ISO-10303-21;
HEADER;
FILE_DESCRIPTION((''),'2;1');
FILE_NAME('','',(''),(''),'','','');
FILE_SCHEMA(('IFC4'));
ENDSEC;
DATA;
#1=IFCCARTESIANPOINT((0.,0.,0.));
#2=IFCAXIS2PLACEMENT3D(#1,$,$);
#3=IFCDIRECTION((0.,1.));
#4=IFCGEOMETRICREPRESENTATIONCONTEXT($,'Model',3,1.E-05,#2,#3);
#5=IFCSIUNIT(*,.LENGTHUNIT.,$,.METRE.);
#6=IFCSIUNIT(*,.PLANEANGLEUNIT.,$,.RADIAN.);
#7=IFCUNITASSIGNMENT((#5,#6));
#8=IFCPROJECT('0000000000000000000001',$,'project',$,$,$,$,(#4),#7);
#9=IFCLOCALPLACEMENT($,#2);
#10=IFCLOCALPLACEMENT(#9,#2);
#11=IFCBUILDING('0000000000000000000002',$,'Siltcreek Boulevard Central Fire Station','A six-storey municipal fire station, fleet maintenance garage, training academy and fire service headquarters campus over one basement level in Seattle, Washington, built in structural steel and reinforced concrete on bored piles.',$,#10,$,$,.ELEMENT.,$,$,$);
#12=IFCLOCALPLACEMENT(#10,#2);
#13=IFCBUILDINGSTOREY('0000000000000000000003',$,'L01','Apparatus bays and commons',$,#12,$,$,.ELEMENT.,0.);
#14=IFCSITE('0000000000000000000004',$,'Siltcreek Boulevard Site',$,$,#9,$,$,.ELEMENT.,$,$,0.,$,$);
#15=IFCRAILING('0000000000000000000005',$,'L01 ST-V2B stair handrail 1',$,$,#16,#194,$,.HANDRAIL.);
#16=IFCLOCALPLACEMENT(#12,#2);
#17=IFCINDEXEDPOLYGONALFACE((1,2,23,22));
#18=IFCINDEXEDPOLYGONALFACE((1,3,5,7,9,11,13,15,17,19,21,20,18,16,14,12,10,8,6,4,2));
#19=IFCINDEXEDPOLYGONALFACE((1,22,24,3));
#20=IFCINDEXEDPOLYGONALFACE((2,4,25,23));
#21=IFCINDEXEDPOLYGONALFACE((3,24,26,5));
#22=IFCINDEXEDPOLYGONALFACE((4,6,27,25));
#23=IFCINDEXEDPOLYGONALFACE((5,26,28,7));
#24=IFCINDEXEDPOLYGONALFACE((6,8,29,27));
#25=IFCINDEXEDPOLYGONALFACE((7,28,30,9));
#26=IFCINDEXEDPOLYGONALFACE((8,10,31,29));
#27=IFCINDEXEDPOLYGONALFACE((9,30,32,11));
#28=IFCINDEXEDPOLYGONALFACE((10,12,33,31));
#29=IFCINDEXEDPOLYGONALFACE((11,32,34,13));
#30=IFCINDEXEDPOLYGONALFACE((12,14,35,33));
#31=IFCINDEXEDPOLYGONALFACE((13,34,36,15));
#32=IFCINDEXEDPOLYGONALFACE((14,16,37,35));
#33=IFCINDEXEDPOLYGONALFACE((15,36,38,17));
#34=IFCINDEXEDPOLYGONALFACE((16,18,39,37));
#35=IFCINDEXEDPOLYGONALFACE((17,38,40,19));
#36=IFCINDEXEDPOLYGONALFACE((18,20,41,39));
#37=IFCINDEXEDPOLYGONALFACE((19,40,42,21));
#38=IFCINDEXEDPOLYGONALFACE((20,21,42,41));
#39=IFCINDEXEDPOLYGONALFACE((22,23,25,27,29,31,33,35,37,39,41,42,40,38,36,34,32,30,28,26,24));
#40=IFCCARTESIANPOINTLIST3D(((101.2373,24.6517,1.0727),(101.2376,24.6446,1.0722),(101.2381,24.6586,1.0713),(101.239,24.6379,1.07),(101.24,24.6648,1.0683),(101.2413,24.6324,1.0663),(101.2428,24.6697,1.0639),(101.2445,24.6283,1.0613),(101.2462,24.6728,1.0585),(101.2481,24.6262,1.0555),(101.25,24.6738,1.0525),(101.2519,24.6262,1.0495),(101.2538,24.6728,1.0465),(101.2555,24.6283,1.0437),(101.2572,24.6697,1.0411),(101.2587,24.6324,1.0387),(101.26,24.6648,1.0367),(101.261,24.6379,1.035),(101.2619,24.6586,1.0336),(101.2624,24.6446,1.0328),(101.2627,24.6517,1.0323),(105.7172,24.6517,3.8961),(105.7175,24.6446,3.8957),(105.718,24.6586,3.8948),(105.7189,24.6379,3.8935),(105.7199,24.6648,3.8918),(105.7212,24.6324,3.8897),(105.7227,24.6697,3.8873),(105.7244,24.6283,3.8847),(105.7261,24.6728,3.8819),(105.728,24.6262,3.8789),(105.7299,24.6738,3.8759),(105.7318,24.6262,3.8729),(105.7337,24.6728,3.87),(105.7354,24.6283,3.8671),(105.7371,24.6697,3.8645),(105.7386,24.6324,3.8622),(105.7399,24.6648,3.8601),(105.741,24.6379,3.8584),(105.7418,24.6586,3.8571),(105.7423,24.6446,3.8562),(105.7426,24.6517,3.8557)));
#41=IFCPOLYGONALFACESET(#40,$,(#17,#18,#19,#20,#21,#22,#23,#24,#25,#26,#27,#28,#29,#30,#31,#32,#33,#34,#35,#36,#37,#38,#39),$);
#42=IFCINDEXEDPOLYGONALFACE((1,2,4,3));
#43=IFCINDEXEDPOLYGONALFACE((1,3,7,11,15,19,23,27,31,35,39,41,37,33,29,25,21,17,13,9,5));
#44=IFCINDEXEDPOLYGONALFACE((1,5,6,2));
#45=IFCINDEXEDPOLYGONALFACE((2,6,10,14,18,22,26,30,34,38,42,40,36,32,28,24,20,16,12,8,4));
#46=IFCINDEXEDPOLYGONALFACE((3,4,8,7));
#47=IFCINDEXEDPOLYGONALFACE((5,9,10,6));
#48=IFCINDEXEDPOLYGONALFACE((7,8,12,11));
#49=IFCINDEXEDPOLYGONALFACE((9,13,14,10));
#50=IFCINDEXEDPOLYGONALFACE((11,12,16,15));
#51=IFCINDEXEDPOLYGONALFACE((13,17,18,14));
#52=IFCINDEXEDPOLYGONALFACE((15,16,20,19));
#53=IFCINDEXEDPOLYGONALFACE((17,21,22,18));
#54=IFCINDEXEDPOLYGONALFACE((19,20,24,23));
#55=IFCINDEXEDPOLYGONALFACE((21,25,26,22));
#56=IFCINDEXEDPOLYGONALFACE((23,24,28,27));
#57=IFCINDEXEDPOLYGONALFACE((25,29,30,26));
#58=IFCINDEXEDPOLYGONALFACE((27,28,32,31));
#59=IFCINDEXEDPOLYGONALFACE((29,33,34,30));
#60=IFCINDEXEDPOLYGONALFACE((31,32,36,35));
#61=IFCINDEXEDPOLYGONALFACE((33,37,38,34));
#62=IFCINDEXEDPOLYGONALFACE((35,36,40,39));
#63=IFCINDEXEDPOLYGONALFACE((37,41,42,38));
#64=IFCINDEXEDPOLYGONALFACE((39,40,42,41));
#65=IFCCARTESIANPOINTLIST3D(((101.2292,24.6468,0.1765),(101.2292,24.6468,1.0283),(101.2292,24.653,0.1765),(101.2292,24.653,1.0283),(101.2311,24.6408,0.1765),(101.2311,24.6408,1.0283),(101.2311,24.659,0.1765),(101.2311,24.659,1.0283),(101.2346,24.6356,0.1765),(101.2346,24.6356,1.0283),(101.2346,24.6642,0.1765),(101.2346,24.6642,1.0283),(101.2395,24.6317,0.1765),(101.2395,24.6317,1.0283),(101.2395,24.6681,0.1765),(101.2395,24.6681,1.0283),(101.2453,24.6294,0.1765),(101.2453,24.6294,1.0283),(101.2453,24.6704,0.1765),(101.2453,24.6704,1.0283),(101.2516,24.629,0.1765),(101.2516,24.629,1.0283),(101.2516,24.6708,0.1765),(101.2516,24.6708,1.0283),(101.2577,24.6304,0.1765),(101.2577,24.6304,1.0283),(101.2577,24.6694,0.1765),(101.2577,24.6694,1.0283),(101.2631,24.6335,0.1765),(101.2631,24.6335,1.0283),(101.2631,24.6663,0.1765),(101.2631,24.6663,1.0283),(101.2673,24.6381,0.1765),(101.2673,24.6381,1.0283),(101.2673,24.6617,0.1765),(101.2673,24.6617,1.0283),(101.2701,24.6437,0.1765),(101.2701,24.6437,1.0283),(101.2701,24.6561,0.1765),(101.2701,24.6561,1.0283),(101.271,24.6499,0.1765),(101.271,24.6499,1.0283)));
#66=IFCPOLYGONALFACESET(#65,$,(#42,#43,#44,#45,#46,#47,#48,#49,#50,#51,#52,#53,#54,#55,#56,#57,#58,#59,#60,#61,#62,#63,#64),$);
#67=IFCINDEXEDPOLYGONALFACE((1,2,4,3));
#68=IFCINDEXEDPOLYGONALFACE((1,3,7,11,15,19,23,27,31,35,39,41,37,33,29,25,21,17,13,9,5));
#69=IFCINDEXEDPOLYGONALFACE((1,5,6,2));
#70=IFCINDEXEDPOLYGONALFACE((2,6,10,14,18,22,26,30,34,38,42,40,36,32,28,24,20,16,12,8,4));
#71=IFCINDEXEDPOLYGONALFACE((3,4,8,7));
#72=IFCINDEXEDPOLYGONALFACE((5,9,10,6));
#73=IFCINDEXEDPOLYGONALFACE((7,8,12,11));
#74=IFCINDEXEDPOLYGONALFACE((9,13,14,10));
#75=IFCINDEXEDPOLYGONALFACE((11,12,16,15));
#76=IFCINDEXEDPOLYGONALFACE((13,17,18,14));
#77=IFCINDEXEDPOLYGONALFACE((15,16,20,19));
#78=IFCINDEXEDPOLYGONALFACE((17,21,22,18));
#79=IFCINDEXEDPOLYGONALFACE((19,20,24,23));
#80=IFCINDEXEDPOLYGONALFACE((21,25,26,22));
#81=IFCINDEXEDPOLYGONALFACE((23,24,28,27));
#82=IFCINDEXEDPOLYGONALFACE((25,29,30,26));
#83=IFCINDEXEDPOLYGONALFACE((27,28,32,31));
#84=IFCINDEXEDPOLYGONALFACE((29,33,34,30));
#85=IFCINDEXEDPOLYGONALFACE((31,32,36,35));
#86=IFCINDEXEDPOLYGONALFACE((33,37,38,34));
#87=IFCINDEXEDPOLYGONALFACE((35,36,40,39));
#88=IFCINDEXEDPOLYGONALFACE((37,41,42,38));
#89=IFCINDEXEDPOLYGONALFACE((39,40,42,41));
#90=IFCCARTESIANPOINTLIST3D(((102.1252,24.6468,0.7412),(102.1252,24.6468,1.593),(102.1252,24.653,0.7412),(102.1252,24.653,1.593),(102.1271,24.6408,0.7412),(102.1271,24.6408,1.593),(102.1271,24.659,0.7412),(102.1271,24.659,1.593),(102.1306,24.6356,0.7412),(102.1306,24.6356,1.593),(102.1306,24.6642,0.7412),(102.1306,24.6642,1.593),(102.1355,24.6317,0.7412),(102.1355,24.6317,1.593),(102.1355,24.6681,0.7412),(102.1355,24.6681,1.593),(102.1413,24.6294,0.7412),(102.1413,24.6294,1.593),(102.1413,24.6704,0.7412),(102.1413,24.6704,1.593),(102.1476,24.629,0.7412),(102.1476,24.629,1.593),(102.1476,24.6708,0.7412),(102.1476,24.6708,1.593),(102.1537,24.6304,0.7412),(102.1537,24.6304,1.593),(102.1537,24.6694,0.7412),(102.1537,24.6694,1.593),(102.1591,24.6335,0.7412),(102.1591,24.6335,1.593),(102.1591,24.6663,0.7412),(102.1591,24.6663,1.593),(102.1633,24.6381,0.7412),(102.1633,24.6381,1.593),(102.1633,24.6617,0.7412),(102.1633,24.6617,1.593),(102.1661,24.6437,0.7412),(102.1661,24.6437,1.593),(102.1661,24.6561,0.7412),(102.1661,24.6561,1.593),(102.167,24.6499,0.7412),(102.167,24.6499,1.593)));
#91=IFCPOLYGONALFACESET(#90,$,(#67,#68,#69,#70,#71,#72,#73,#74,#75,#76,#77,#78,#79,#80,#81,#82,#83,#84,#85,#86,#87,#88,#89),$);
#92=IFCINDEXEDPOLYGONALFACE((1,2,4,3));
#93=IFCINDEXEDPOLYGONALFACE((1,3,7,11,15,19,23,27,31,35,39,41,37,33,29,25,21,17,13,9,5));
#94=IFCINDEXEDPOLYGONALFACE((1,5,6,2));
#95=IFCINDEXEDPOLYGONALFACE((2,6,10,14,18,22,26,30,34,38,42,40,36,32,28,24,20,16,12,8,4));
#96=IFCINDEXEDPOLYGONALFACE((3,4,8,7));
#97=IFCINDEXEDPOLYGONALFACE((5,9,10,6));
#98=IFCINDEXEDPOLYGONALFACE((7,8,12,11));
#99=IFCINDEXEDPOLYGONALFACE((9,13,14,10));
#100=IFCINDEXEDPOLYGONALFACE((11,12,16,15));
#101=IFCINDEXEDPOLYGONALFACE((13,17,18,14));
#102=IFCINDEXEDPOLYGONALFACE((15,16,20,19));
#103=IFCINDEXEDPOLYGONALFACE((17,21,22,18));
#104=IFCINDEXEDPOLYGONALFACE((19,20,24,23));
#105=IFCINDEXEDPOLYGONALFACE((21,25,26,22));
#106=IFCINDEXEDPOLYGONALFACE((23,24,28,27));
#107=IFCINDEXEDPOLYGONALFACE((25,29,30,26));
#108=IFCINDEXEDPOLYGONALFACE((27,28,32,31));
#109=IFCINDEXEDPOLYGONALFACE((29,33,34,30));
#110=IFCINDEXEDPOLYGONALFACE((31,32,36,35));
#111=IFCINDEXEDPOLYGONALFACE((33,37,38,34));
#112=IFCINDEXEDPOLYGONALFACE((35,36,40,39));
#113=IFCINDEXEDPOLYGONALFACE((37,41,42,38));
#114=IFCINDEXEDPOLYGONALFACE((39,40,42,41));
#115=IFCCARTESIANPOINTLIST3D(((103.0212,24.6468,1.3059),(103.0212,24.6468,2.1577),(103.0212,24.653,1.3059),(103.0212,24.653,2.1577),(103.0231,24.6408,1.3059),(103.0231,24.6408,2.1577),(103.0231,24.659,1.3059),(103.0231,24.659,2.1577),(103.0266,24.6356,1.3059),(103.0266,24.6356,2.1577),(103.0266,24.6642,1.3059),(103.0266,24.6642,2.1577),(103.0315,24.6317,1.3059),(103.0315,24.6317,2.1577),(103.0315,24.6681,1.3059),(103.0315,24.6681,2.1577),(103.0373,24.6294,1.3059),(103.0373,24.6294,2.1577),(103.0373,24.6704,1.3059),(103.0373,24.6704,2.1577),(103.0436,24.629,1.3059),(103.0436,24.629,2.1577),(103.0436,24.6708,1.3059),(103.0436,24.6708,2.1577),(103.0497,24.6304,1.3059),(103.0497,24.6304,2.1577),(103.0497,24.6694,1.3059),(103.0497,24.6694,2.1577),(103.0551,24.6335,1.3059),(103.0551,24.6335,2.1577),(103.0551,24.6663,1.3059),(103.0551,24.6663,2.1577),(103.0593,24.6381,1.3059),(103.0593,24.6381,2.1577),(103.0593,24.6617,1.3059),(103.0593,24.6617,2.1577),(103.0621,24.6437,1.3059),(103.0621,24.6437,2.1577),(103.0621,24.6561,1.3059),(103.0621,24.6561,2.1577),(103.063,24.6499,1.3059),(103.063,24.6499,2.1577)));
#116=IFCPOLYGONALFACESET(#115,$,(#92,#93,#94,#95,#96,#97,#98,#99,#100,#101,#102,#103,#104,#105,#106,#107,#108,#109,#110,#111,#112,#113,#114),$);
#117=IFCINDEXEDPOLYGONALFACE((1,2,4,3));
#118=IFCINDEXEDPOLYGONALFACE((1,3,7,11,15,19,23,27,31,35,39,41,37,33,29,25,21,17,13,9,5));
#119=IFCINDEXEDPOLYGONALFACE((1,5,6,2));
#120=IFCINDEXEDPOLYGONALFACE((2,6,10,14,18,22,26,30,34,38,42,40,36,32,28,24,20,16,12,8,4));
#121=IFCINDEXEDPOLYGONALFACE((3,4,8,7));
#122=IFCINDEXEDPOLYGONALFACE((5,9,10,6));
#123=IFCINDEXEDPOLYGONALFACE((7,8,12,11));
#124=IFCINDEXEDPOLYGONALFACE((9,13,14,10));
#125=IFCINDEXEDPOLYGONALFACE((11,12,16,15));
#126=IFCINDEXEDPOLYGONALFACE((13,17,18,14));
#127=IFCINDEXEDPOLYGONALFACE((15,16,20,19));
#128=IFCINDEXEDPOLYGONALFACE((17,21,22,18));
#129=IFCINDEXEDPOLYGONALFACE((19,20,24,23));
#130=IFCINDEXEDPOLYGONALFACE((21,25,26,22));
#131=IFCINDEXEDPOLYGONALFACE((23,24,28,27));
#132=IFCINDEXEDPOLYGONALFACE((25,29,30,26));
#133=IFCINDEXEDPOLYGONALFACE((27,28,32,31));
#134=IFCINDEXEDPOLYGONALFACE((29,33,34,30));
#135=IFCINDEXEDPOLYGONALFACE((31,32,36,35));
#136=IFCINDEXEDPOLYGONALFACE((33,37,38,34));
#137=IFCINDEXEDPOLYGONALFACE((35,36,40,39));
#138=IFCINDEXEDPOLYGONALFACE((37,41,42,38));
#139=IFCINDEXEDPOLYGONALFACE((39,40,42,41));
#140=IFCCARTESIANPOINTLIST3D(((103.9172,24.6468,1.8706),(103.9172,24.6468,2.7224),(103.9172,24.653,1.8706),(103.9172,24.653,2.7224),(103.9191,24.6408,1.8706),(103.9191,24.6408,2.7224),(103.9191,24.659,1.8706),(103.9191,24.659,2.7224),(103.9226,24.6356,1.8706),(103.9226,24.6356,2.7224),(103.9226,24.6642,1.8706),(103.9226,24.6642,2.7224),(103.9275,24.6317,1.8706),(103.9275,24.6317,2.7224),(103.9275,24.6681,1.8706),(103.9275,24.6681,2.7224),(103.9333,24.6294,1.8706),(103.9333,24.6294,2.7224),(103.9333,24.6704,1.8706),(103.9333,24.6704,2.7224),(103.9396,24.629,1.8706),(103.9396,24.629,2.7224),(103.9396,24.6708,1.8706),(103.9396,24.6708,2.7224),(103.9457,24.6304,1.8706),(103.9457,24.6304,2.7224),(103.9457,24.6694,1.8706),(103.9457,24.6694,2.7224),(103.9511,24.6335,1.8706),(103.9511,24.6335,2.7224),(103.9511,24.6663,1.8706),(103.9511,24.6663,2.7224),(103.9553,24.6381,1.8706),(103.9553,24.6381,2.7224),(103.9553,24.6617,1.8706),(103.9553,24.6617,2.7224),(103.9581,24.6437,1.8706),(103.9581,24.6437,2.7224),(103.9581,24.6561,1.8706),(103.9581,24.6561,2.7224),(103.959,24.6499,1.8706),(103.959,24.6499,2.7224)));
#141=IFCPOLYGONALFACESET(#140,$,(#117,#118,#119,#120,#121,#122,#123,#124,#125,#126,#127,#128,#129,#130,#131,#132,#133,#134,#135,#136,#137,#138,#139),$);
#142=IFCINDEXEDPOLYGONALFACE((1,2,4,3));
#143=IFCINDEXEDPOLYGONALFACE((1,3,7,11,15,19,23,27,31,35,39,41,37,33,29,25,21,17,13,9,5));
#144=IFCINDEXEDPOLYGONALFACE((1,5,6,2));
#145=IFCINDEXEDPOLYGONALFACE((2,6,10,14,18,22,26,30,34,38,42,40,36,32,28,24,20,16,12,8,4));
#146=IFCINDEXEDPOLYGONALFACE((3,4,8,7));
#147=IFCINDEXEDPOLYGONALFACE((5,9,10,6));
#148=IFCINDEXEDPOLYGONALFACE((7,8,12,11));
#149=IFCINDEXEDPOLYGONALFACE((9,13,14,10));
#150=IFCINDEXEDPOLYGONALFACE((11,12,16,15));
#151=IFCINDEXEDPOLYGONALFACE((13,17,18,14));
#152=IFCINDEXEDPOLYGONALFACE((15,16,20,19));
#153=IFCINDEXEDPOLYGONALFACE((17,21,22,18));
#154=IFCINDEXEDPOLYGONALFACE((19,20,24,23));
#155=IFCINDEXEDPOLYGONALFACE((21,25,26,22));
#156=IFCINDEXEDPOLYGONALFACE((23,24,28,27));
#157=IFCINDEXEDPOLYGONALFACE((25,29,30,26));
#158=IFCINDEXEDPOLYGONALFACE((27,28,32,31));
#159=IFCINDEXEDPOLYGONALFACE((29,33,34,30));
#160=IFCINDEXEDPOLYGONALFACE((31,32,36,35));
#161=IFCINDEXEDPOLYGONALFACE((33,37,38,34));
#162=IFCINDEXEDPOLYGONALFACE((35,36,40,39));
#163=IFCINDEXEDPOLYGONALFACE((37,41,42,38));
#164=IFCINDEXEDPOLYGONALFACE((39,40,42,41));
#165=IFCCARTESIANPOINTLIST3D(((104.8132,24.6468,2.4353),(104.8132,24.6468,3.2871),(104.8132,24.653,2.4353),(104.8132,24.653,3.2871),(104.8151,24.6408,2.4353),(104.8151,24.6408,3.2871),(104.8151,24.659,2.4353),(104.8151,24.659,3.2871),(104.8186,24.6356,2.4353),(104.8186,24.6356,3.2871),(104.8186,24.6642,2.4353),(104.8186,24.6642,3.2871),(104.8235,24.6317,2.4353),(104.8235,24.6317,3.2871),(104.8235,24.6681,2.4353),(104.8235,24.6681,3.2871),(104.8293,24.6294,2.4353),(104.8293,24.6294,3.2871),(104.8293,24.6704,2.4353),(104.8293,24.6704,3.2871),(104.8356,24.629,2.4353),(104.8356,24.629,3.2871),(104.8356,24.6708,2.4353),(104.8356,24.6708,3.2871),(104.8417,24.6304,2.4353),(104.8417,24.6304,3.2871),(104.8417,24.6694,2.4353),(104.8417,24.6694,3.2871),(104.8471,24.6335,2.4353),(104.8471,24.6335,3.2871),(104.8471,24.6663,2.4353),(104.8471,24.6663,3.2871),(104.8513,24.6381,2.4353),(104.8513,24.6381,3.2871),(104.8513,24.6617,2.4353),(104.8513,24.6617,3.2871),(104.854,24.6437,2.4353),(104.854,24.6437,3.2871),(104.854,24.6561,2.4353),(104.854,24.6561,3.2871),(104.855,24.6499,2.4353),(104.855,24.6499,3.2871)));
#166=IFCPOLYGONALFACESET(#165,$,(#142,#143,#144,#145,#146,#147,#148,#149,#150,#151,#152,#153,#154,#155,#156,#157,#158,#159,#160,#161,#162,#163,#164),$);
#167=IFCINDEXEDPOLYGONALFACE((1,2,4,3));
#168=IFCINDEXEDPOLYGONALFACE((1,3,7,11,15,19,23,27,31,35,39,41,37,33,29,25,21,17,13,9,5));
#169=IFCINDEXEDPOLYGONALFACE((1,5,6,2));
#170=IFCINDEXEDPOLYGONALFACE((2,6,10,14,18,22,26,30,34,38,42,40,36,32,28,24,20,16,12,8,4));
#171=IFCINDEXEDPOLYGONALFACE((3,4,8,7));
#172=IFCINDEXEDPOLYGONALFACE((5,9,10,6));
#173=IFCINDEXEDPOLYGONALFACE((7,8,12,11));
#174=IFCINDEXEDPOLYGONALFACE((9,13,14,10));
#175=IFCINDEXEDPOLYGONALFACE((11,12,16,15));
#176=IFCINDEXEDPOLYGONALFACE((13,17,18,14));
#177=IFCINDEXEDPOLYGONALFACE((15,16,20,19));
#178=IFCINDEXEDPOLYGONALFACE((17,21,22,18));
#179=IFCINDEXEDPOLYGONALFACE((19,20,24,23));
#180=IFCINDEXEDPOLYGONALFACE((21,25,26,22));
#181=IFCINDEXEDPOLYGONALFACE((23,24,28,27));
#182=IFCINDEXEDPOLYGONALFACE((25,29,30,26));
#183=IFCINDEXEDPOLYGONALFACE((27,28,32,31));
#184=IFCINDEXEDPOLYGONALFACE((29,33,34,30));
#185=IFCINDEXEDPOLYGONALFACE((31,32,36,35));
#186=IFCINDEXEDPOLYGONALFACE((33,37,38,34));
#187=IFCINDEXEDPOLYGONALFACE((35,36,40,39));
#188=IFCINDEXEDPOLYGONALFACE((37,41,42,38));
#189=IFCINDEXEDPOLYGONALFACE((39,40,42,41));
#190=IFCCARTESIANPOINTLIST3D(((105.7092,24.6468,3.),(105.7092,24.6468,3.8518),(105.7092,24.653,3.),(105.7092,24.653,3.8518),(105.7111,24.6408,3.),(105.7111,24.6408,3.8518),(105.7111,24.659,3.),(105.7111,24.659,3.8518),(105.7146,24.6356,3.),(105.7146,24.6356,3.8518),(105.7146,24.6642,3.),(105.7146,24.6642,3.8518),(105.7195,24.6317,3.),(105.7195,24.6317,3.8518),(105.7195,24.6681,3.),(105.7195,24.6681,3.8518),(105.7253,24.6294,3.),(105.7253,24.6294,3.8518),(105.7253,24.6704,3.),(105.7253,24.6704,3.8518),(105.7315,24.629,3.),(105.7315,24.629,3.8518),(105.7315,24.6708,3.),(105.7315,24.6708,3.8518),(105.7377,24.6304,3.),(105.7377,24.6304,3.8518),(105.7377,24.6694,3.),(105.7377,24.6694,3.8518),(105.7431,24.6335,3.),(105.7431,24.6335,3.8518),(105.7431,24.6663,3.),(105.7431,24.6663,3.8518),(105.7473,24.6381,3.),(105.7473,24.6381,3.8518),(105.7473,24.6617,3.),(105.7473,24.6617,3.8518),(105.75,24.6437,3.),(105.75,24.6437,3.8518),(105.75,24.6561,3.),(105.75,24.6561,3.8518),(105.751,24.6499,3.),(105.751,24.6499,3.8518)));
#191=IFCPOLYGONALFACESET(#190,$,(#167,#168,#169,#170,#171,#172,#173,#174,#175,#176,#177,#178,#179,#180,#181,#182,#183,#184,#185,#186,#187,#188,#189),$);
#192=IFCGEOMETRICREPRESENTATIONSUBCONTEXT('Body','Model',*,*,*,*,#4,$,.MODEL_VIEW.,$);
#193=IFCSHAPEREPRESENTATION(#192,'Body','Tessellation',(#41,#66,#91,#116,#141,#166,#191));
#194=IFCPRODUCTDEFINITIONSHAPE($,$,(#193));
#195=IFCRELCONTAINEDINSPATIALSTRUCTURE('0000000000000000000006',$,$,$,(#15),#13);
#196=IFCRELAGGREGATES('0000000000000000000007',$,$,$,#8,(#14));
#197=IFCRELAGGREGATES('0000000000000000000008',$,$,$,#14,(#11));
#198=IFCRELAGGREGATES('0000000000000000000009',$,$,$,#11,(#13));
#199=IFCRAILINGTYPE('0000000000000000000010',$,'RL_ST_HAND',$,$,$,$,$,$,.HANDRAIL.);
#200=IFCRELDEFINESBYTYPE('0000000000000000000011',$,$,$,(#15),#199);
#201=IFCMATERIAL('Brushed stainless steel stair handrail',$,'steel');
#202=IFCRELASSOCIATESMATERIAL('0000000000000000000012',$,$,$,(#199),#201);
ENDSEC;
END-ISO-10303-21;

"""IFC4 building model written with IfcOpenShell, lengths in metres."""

from ifc_helpers import new_model, si_unit, direction, frame, origin, origin_2d, place, context, subcontext, project, spatial, circle, extrude, material, type_object, element, save


model = new_model("IFC4")

# Units and contexts
model_context = context("Model", 3, precision=1e-05, world=origin(), true_north=direction((0.0, 1.0)))
body_context = subcontext(model_context, "Body", "Model", "MODEL_VIEW")
ifc_project = project(units=[si_unit("LENGTHUNIT", "METRE"), si_unit("PLANEANGLEUNIT", "RADIAN")], contexts=[model_context])

# Site, building, storey
site_placement = place(None, origin())
site = spatial("IfcSite", under=ifc_project, at=site_placement, Name="Siltcreek Boulevard Site", CompositionType="ELEMENT", RefElevation=0.0)
building_placement = place(site_placement, origin())
building = spatial("IfcBuilding", under=site, at=building_placement, Name="Siltcreek Boulevard Central Fire Station", Description="A six-storey municipal fire station, fleet maintenance garage, training academy and fire service headquarters campus over one basement level in Seattle, Washington, built in structural steel and reinforced concrete on bored piles.", CompositionType="ELEMENT")
storey_placement = place(building_placement, origin())
storey = spatial("IfcBuildingStorey", under=building, at=storey_placement, Name="L01", Description="Apparatus bays and commons", CompositionType="ELEMENT", Elevation=0.0)

# Railing
ifc_material_1 = material(Name="Brushed stainless steel stair handrail", Category="steel")
railing_type_1 = type_object("IfcRailingType", Name="RL_ST_HAND", PredefinedType="HANDRAIL", material=ifc_material_1)
railing_1_placement = place(storey_placement, frame((101.25, 24.6499, 0.1765)))
element("IfcRailing", 1, at=railing_1_placement, inside=storey, type_object=railing_type_1, Name="L01 ST-V2B stair handrail 1", PredefinedType="HANDRAIL", context=body_context, shape_type="SweptSolid", body=[
    extrude(circle(Radius=0.0239, at=origin_2d()), frame((0.0, 0.0, 0.876), z_axis=(0.845998, 0.0, 0.533186), x_axis=(0.0, 1.0, 0.0)), (0.0, 0.0, 1.0), 5.2954),
    extrude(circle(Radius=0.021, at=origin_2d()), origin(), (0.0, 0.0, 1.0), 0.8518),
    extrude(circle(Radius=0.021, at=origin_2d()), frame((0.896, 0.0, 0.5647)), (0.0, 0.0, 1.0), 0.8518),
    extrude(circle(Radius=0.021, at=origin_2d()), frame((1.792, 0.0, 1.1294)), (0.0, 0.0, 1.0), 0.8518),
    extrude(circle(Radius=0.021, at=origin_2d()), frame((2.688, 0.0, 1.6941)), (0.0, 0.0, 1.0), 0.8518),
    extrude(circle(Radius=0.021, at=origin_2d()), frame((3.584, 0.0, 2.2588)), (0.0, 0.0, 1.0), 0.8518),
    extrude(circle(Radius=0.021, at=origin_2d()), frame((4.48, 0.0, 2.8235)), (0.0, 0.0, 1.0), 0.8518),
])

save(model, "model.ifc")
